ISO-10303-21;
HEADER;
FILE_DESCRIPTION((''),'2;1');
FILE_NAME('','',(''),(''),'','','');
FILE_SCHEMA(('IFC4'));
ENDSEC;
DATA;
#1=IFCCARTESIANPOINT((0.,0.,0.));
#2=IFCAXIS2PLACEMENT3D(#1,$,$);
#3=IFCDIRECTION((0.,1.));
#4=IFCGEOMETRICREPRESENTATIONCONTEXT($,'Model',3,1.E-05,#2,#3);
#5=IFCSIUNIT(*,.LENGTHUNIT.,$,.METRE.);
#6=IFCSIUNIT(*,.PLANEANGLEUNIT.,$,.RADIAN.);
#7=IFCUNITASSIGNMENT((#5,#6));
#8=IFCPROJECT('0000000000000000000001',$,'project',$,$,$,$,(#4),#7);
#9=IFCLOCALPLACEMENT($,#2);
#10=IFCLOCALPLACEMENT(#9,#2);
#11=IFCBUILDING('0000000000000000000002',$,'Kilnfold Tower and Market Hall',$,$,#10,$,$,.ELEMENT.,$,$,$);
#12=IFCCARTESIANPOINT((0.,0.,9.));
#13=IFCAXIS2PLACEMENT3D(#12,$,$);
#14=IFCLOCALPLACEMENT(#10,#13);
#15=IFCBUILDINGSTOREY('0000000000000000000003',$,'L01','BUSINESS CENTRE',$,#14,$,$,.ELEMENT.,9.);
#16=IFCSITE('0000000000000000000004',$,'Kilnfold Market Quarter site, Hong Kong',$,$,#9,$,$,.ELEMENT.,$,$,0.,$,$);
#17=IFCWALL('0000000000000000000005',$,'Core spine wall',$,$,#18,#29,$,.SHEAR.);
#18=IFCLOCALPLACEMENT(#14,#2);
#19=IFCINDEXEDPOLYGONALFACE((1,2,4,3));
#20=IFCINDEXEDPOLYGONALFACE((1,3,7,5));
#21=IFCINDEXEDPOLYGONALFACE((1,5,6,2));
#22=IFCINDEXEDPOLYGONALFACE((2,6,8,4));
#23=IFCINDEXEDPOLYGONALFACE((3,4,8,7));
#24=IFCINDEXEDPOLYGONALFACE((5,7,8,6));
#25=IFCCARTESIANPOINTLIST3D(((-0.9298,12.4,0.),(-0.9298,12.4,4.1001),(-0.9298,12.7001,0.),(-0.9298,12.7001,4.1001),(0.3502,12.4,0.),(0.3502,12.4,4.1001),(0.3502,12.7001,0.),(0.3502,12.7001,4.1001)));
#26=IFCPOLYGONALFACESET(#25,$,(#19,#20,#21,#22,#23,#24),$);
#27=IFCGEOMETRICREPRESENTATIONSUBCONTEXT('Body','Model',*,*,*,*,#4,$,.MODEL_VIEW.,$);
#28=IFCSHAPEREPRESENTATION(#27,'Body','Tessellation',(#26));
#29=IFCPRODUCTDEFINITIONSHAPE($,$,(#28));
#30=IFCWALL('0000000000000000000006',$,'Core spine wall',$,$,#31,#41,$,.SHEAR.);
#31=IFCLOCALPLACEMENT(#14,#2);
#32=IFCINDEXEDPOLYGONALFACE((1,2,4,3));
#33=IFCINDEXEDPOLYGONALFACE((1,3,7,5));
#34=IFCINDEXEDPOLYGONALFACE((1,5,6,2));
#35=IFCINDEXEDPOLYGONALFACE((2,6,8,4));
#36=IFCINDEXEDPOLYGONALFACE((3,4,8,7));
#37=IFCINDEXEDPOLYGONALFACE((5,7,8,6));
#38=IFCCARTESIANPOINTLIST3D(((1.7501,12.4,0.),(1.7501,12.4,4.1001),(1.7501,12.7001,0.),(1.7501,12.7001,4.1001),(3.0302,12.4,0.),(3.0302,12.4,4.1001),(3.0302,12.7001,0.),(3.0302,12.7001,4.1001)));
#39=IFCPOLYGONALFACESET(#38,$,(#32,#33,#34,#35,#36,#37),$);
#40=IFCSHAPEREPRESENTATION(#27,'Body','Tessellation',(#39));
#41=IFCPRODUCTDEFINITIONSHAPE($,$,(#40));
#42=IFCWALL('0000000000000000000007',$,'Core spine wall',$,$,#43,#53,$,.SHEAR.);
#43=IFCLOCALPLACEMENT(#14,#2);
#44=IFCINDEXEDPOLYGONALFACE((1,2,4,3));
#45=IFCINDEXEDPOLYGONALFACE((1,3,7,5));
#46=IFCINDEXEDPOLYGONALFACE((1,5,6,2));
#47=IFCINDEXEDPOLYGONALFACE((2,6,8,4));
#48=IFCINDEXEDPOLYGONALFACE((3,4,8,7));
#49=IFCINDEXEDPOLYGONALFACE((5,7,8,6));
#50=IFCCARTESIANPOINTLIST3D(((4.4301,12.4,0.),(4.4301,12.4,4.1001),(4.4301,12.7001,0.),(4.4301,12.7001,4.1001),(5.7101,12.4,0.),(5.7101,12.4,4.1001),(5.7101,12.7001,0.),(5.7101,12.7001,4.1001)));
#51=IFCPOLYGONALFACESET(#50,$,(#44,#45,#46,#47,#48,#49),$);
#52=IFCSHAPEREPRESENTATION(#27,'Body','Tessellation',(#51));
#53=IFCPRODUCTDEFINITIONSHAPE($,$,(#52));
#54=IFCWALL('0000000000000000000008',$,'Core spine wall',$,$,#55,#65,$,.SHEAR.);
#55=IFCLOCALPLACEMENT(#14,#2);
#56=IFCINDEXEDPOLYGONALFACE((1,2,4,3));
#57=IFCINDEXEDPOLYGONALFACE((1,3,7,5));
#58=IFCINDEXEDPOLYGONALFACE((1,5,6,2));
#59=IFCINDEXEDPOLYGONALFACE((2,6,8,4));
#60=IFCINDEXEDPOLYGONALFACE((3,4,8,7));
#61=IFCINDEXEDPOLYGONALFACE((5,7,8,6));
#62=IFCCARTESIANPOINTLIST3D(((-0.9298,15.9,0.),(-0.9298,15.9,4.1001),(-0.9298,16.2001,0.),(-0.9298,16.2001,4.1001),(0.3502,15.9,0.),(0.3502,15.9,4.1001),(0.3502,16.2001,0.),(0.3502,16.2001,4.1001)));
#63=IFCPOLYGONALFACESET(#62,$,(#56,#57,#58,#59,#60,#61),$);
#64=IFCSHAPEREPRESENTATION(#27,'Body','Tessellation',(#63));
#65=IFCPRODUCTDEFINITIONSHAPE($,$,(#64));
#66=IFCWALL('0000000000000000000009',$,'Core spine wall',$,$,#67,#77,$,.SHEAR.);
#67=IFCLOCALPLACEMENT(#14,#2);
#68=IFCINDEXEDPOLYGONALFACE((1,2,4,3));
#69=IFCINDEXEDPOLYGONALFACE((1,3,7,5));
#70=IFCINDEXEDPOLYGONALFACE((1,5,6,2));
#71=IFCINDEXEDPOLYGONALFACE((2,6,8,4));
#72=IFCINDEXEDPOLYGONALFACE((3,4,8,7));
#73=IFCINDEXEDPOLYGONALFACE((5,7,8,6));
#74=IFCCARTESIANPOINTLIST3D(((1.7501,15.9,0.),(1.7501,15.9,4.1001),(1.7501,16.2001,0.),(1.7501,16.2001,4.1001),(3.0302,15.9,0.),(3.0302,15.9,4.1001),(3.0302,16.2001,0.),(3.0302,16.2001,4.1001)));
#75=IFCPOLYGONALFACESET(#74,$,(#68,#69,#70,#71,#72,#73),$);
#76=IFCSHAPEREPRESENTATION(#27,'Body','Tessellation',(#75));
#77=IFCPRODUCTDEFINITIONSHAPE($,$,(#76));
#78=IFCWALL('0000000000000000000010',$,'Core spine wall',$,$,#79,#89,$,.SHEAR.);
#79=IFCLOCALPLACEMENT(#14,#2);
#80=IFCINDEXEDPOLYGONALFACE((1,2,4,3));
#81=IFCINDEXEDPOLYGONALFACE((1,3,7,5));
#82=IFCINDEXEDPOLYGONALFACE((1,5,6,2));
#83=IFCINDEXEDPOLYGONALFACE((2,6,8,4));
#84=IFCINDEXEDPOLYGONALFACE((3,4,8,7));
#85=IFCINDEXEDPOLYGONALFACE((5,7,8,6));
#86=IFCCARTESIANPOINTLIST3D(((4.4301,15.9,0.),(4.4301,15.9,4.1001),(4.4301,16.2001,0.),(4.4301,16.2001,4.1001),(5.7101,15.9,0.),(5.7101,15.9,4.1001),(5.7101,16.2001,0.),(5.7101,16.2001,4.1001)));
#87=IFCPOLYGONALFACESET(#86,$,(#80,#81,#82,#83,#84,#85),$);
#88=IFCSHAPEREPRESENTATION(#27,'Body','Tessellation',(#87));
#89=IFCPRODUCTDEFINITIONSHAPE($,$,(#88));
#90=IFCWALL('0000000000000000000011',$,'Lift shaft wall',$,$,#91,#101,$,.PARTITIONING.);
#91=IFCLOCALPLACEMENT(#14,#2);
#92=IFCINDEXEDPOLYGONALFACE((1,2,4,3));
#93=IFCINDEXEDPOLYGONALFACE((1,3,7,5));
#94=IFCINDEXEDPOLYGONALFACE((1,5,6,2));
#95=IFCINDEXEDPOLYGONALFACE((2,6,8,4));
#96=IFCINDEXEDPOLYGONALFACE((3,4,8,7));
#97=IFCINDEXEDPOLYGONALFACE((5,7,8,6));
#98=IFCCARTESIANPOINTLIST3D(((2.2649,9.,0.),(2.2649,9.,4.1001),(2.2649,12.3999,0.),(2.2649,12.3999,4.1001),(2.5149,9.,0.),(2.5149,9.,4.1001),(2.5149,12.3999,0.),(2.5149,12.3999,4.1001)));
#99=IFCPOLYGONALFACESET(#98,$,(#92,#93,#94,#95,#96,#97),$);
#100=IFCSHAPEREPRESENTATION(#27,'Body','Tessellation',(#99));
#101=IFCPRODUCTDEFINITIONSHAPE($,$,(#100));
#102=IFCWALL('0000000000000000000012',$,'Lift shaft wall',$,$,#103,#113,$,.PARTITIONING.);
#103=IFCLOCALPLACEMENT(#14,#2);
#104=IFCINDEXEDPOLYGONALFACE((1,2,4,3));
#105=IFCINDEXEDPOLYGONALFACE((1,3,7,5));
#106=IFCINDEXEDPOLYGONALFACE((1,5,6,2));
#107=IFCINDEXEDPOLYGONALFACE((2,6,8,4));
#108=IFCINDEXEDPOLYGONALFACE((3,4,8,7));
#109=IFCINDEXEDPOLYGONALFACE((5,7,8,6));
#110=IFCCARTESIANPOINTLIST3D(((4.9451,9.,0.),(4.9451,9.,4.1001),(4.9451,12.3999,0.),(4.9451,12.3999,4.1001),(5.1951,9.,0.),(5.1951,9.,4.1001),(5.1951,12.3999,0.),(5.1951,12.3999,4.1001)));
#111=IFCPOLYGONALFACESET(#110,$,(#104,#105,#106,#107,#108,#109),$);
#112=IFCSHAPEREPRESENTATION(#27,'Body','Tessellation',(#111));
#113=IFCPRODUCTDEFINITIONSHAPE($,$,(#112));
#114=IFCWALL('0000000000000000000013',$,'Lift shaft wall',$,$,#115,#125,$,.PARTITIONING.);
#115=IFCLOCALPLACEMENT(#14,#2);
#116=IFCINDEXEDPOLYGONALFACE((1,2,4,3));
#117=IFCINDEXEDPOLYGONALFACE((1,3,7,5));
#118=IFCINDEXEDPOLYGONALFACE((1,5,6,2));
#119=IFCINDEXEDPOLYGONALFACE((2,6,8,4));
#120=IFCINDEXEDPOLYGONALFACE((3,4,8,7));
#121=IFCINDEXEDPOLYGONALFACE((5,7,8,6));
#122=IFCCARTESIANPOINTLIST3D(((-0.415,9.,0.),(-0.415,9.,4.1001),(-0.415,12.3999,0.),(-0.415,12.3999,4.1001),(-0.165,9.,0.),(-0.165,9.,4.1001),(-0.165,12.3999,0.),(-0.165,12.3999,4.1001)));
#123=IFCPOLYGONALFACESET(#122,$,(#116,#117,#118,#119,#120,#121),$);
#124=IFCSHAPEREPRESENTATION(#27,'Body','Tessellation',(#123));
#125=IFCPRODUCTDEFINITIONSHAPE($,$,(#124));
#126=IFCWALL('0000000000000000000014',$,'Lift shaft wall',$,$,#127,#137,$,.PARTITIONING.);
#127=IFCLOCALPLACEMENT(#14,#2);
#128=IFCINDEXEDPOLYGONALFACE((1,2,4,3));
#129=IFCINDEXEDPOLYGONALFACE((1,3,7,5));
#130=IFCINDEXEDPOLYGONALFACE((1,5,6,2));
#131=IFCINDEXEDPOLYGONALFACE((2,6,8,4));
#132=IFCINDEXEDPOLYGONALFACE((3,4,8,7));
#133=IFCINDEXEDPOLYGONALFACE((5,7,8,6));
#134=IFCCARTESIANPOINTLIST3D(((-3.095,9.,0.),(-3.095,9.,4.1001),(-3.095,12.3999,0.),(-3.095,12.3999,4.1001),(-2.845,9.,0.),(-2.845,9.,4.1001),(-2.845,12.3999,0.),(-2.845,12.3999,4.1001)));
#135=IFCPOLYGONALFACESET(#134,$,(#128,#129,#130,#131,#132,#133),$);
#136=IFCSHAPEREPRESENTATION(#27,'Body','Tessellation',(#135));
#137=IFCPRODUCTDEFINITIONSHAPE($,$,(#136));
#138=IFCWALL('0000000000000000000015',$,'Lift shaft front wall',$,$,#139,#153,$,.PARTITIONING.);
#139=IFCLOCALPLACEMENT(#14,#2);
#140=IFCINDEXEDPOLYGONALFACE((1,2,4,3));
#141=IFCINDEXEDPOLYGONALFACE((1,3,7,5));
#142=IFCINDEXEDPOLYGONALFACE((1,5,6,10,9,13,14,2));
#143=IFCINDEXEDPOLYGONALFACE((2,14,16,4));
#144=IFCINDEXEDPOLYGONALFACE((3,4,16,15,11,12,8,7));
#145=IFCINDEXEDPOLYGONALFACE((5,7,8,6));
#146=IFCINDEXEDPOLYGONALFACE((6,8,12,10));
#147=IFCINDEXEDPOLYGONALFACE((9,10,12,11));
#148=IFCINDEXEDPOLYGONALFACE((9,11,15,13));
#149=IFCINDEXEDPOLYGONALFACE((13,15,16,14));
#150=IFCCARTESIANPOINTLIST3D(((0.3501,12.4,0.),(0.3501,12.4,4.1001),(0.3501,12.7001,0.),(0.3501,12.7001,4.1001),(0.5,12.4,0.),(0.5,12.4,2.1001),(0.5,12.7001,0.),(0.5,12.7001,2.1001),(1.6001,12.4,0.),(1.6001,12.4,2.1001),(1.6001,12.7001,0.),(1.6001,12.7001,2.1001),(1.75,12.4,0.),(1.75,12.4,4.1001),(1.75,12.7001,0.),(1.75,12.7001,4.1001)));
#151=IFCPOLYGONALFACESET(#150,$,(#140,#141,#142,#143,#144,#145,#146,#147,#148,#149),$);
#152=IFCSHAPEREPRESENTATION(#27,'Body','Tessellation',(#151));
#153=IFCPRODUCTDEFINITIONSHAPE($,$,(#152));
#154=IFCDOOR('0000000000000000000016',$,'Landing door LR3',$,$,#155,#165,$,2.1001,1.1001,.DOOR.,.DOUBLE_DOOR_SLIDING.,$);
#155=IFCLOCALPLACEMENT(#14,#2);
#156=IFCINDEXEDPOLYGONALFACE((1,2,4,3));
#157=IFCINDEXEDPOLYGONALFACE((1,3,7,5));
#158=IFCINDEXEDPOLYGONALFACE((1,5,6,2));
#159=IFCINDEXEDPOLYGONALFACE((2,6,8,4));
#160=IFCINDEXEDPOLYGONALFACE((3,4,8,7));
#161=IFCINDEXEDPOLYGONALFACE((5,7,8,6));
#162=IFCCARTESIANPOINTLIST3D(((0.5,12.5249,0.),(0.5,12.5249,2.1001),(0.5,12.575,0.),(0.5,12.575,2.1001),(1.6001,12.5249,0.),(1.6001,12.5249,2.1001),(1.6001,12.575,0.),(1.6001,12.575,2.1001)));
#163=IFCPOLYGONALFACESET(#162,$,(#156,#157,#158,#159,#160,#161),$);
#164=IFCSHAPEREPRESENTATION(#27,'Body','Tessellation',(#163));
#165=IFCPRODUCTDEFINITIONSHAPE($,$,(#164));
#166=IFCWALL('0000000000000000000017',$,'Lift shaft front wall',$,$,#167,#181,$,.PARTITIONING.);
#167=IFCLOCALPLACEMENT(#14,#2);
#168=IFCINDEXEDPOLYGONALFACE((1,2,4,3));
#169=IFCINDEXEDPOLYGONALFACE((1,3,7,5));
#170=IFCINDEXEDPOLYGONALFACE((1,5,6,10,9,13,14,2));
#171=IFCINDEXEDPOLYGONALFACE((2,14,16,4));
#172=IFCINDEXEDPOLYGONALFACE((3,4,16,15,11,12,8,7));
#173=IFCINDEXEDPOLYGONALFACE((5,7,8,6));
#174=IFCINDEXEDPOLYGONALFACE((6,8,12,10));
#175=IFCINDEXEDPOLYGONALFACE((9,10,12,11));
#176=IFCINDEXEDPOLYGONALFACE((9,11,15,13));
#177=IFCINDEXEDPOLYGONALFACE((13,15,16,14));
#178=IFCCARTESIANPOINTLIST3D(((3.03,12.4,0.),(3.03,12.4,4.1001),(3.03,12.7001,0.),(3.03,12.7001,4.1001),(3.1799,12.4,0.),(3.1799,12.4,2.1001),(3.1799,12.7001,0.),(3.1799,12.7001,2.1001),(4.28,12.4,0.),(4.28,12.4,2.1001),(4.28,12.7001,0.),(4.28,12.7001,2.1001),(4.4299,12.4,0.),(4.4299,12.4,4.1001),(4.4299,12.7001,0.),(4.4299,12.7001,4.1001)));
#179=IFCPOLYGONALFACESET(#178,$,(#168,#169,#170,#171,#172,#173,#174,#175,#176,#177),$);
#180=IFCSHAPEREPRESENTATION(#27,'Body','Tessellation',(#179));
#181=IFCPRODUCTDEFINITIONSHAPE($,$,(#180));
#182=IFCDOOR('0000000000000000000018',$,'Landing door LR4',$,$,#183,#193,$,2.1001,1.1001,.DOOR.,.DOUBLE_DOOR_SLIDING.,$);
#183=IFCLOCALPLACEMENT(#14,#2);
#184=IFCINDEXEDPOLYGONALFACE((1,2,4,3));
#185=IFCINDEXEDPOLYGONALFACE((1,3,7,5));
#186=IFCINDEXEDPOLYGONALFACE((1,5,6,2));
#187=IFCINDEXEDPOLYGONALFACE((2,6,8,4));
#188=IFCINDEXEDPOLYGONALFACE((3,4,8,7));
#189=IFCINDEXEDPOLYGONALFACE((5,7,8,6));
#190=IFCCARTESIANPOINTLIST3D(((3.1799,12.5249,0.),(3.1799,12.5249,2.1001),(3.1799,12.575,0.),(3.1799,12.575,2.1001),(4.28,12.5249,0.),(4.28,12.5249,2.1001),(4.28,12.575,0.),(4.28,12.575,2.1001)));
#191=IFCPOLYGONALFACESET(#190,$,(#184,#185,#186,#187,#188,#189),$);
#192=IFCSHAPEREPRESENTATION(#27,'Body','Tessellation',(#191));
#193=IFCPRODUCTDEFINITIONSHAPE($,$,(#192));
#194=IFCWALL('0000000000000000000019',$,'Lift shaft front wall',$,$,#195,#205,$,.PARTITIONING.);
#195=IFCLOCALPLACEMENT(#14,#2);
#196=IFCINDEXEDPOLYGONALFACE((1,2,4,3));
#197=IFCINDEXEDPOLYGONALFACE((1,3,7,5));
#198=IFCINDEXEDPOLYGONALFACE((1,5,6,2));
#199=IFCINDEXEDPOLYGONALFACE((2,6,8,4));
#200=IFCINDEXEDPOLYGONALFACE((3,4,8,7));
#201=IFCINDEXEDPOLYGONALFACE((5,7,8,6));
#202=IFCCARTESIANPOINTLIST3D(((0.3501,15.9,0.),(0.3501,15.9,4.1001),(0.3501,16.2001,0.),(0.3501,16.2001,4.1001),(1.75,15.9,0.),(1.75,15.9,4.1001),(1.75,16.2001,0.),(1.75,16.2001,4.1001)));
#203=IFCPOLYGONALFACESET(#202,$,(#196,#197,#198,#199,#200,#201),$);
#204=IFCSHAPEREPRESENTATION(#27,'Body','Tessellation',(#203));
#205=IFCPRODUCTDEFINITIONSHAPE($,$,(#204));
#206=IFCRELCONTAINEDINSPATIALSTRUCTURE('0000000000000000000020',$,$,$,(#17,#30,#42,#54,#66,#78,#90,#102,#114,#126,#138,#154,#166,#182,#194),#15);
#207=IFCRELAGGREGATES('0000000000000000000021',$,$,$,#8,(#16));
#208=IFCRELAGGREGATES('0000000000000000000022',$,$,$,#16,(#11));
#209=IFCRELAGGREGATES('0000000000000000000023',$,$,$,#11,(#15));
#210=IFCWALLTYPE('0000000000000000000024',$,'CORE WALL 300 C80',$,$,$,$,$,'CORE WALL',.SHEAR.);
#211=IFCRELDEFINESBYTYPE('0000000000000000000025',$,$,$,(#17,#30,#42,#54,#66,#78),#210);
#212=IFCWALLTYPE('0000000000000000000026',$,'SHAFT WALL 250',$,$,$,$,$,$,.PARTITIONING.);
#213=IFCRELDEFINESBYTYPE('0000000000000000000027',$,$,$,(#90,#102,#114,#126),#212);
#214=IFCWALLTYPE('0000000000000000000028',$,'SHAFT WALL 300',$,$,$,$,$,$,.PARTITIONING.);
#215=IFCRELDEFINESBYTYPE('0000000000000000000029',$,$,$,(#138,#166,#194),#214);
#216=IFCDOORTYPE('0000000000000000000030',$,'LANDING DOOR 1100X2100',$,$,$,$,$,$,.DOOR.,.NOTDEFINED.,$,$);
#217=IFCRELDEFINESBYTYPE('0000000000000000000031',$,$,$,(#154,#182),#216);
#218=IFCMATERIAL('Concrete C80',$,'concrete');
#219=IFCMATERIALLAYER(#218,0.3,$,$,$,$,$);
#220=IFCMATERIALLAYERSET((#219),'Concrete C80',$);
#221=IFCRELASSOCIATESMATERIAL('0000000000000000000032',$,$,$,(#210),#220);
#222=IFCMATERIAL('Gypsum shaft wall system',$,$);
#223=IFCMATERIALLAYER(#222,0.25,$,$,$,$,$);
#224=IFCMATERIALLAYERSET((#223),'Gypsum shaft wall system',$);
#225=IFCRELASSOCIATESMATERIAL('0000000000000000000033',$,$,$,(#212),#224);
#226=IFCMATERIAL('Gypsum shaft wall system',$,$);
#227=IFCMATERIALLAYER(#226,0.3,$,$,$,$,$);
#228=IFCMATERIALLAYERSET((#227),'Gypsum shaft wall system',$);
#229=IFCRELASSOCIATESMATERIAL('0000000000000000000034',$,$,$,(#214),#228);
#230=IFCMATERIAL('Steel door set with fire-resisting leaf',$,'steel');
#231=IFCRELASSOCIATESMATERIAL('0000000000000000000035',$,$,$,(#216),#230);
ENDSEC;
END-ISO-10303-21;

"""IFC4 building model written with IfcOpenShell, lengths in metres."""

from ifc_helpers import new_model, si_unit, direction, frame, frame_2d, origin, place, context, subcontext, project, spatial, rectangle, extrude, source, transform, mapped, material, layer, layer_set, type_object, element, fill, save


model = new_model("IFC4")

# Units and contexts
model_context = context("Model", 3, precision=1e-05, world=origin(), true_north=direction((0.0, 1.0)))
body_context = subcontext(model_context, "Body", "Model", "MODEL_VIEW")
ifc_project = project(units=[si_unit("LENGTHUNIT", "METRE"), si_unit("PLANEANGLEUNIT", "RADIAN")], contexts=[model_context])

# Site, building, storey
site_placement = place(None, origin())
site = spatial("IfcSite", under=ifc_project, at=site_placement, Name="Kilnfold Market Quarter site, Hong Kong", CompositionType="ELEMENT", RefElevation=0.0)
building_placement = place(site_placement, origin())
building = spatial("IfcBuilding", under=site, at=building_placement, Name="Kilnfold Tower and Market Hall", CompositionType="ELEMENT")
storey_placement = place(building_placement, frame((0.0, 0.0, 9.0)))
storey = spatial("IfcBuildingStorey", under=building, at=storey_placement, Name="L01", Description="BUSINESS CENTRE", CompositionType="ELEMENT", Elevation=9.0)

# Walls
ifc_material_1 = material(Name="Concrete C80", Category="concrete")
ifc_layer_1 = layer(ifc_material_1, 0.3)
ifc_layer_set_1 = layer_set([ifc_layer_1], Name="Concrete C80")
wall_type_1 = type_object("IfcWallType", Name="CORE WALL 300 C80", ElementType="CORE WALL", PredefinedType="SHEAR", material=ifc_layer_set_1)
shared_shape_1 = source(origin(), body_context, "Body", "SweptSolid", [
    extrude(rectangle(XDim=1.28, YDim=0.3, at=frame_2d((0.6401, 0.0))), origin(), (0.0, 0.0, 1.0), 4.1001),
])
for number, where, z_axis, x_axis, name in (
    (1, (-0.9299, 12.55, 0.0), (0.0, 0.0, 1.0), (1.0, 0.0, 0.0), "Core spine wall"),
    (2, (1.75, 12.55, 0.0), (0.0, 0.0, 1.0), (1.0, 0.0, 0.0), "Core spine wall"),
    (3, (4.4299, 12.55, 0.0), (0.0, 0.0, 1.0), (1.0, 0.0, 0.0), "Core spine wall"),
    (4, (-0.9299, 16.05, 0.0), (0.0, 0.0, 1.0), (1.0, 0.0, 0.0), "Core spine wall"),
    (5, (1.75, 16.05, 0.0), (0.0, 0.0, 1.0), (1.0, 0.0, 0.0), "Core spine wall"),
    (6, (4.4299, 16.05, 0.0), (0.0, 0.0, 1.0), (1.0, 0.0, 0.0), "Core spine wall"),
):
    element("IfcWall", number, at=place(storey_placement, frame(where, z_axis=z_axis, x_axis=x_axis)), inside=storey, type_object=wall_type_1, Name=name, PredefinedType="SHEAR", context=body_context, shape_type="MappedRepresentation", body=[
        mapped(shared_shape_1, transform((0.0, 0.0, 0.0))),
    ])
ifc_material_2 = material(Name="Gypsum shaft wall system")
ifc_layer_2 = layer(ifc_material_2, 0.25)
ifc_layer_set_2 = layer_set([ifc_layer_2], Name="Gypsum shaft wall system")
wall_type_2 = type_object("IfcWallType", Name="SHAFT WALL 250", PredefinedType="PARTITIONING", material=ifc_layer_set_2)
shared_shape_2 = source(origin(), body_context, "Body", "SweptSolid", [
    extrude(rectangle(XDim=3.3999, YDim=0.25, at=frame_2d((1.7, 0.0))), origin(), (0.0, 0.0, 1.0), 4.1001),
])
for number, where, z_axis, x_axis, name in (
    (7, (2.3899, 9.0, 0.0), (0.0, 0.0, 1.0), (0.0, 1.0, 0.0), "Lift shaft wall"),
    (8, (5.0701, 9.0, 0.0), (0.0, 0.0, 1.0), (0.0, 1.0, 0.0), "Lift shaft wall"),
    (9, (-0.29, 9.0, 0.0), (0.0, 0.0, 1.0), (0.0, 1.0, 0.0), "Lift shaft wall"),
    (10, (-2.97, 9.0, 0.0), (0.0, 0.0, 1.0), (0.0, 1.0, 0.0), "Lift shaft wall"),
):
    element("IfcWall", number, at=place(storey_placement, frame(where, z_axis=z_axis, x_axis=x_axis)), inside=storey, type_object=wall_type_2, Name=name, PredefinedType="PARTITIONING", context=body_context, shape_type="MappedRepresentation", body=[
        mapped(shared_shape_2, transform((0.0, 0.0, 0.0))),
    ])

# Walls, openings, doors
ifc_material_3 = material(Name="Gypsum shaft wall system")
ifc_layer_3 = layer(ifc_material_3, 0.3)
ifc_layer_set_3 = layer_set([ifc_layer_3], Name="Gypsum shaft wall system")
wall_type_3 = type_object("IfcWallType", Name="SHAFT WALL 300", PredefinedType="PARTITIONING", material=ifc_layer_set_3)
shared_shape_3 = source(origin(), body_context, "Body", "SweptSolid", [
    extrude(rectangle(XDim=1.3999, YDim=0.3, at=frame_2d((0.7, 0.0))), origin(), (0.0, 0.0, 1.0), 4.1001),
])
wall_1_placement = place(storey_placement, frame((0.3501, 12.55, 0.0), z_axis=(0.0, 0.0, 1.0), x_axis=(1.0, 0.0, 0.0)))
wall_1 = element("IfcWall", 11, at=wall_1_placement, inside=storey, type_object=wall_type_3, Name="Lift shaft front wall", PredefinedType="PARTITIONING", context=body_context, shape_type="MappedRepresentation", body=[
    mapped(shared_shape_3, transform((0.0, 0.0, 0.0))),
])
opening_1_placement = place(wall_1_placement, frame((0.1499, 0.0, 0.0)))
opening_1 = element("IfcOpeningElement", 12, at=opening_1_placement, cuts=wall_1, PredefinedType="OPENING", context=body_context, shape_type="SweptSolid", body=[
    extrude(rectangle(XDim=1.1001, YDim=2.1001, at=frame_2d((0.55, 1.05))), frame((0.0, 0.1602, 0.0), z_axis=(0.0, -1.0, 0.0), x_axis=(1.0, 0.0, 0.0)), (0.0, 0.0, 1.0), 0.3201),
])
ifc_material_4 = material(Name="Steel door set with fire-resisting leaf", Category="steel")
door_type = type_object("IfcDoorType", Name="LANDING DOOR 1100X2100", OperationType="NOTDEFINED", PredefinedType="DOOR", material=ifc_material_4)
door_1_placement = place(opening_1_placement, origin())
door_1 = element("IfcDoor", 13, at=door_1_placement, inside=storey, type_object=door_type, Name="Landing door LR3", OperationType="DOUBLE_DOOR_SLIDING", OverallHeight=2.1001, OverallWidth=1.1001, PredefinedType="DOOR", context=body_context, shape_type="SweptSolid", body=[
    extrude(rectangle(XDim=1.1001, YDim=2.1001, at=frame_2d((0.55, 1.05))), frame((0.0, 0.0249, 0.0), z_axis=(0.0, -1.0, 0.0), x_axis=(1.0, 0.0, 0.0)), (0.0, 0.0, 1.0), 0.05),
])
fill(opening_1, door_1)
wall_2_placement = place(storey_placement, frame((3.03, 12.55, 0.0), z_axis=(0.0, 0.0, 1.0), x_axis=(1.0, 0.0, 0.0)))
wall_2 = element("IfcWall", 14, at=wall_2_placement, inside=storey, type_object=wall_type_3, Name="Lift shaft front wall", PredefinedType="PARTITIONING", context=body_context, shape_type="MappedRepresentation", body=[
    mapped(shared_shape_3, transform((0.0, 0.0, 0.0))),
])
opening_2_placement = place(wall_2_placement, frame((0.1499, 0.0, 0.0)))
opening_2 = element("IfcOpeningElement", 15, at=opening_2_placement, cuts=wall_2, PredefinedType="OPENING", context=body_context, shape_type="SweptSolid", body=[
    extrude(rectangle(XDim=1.1001, YDim=2.1001, at=frame_2d((0.55, 1.05))), frame((0.0, 0.1602, 0.0), z_axis=(0.0, -1.0, 0.0), x_axis=(1.0, 0.0, 0.0)), (0.0, 0.0, 1.0), 0.3201),
])
door_2_placement = place(opening_2_placement, origin())
door_2 = element("IfcDoor", 16, at=door_2_placement, inside=storey, type_object=door_type, Name="Landing door LR4", OperationType="DOUBLE_DOOR_SLIDING", OverallHeight=2.1001, OverallWidth=1.1001, PredefinedType="DOOR", context=body_context, shape_type="SweptSolid", body=[
    extrude(rectangle(XDim=1.1001, YDim=2.1001, at=frame_2d((0.55, 1.05))), frame((0.0, 0.0249, 0.0), z_axis=(0.0, -1.0, 0.0), x_axis=(1.0, 0.0, 0.0)), (0.0, 0.0, 1.0), 0.05),
])
fill(opening_2, door_2)

# Wall
for number, where, z_axis, x_axis, name in (
    (17, (0.3501, 16.05, 0.0), (0.0, 0.0, 1.0), (1.0, 0.0, 0.0), "Lift shaft front wall"),
):
    element("IfcWall", number, at=place(storey_placement, frame(where, z_axis=z_axis, x_axis=x_axis)), inside=storey, type_object=wall_type_3, Name=name, PredefinedType="PARTITIONING", context=body_context, shape_type="MappedRepresentation", body=[
        mapped(shared_shape_3, transform((0.0, 0.0, 0.0))),
    ])

save(model, "model.ifc")
